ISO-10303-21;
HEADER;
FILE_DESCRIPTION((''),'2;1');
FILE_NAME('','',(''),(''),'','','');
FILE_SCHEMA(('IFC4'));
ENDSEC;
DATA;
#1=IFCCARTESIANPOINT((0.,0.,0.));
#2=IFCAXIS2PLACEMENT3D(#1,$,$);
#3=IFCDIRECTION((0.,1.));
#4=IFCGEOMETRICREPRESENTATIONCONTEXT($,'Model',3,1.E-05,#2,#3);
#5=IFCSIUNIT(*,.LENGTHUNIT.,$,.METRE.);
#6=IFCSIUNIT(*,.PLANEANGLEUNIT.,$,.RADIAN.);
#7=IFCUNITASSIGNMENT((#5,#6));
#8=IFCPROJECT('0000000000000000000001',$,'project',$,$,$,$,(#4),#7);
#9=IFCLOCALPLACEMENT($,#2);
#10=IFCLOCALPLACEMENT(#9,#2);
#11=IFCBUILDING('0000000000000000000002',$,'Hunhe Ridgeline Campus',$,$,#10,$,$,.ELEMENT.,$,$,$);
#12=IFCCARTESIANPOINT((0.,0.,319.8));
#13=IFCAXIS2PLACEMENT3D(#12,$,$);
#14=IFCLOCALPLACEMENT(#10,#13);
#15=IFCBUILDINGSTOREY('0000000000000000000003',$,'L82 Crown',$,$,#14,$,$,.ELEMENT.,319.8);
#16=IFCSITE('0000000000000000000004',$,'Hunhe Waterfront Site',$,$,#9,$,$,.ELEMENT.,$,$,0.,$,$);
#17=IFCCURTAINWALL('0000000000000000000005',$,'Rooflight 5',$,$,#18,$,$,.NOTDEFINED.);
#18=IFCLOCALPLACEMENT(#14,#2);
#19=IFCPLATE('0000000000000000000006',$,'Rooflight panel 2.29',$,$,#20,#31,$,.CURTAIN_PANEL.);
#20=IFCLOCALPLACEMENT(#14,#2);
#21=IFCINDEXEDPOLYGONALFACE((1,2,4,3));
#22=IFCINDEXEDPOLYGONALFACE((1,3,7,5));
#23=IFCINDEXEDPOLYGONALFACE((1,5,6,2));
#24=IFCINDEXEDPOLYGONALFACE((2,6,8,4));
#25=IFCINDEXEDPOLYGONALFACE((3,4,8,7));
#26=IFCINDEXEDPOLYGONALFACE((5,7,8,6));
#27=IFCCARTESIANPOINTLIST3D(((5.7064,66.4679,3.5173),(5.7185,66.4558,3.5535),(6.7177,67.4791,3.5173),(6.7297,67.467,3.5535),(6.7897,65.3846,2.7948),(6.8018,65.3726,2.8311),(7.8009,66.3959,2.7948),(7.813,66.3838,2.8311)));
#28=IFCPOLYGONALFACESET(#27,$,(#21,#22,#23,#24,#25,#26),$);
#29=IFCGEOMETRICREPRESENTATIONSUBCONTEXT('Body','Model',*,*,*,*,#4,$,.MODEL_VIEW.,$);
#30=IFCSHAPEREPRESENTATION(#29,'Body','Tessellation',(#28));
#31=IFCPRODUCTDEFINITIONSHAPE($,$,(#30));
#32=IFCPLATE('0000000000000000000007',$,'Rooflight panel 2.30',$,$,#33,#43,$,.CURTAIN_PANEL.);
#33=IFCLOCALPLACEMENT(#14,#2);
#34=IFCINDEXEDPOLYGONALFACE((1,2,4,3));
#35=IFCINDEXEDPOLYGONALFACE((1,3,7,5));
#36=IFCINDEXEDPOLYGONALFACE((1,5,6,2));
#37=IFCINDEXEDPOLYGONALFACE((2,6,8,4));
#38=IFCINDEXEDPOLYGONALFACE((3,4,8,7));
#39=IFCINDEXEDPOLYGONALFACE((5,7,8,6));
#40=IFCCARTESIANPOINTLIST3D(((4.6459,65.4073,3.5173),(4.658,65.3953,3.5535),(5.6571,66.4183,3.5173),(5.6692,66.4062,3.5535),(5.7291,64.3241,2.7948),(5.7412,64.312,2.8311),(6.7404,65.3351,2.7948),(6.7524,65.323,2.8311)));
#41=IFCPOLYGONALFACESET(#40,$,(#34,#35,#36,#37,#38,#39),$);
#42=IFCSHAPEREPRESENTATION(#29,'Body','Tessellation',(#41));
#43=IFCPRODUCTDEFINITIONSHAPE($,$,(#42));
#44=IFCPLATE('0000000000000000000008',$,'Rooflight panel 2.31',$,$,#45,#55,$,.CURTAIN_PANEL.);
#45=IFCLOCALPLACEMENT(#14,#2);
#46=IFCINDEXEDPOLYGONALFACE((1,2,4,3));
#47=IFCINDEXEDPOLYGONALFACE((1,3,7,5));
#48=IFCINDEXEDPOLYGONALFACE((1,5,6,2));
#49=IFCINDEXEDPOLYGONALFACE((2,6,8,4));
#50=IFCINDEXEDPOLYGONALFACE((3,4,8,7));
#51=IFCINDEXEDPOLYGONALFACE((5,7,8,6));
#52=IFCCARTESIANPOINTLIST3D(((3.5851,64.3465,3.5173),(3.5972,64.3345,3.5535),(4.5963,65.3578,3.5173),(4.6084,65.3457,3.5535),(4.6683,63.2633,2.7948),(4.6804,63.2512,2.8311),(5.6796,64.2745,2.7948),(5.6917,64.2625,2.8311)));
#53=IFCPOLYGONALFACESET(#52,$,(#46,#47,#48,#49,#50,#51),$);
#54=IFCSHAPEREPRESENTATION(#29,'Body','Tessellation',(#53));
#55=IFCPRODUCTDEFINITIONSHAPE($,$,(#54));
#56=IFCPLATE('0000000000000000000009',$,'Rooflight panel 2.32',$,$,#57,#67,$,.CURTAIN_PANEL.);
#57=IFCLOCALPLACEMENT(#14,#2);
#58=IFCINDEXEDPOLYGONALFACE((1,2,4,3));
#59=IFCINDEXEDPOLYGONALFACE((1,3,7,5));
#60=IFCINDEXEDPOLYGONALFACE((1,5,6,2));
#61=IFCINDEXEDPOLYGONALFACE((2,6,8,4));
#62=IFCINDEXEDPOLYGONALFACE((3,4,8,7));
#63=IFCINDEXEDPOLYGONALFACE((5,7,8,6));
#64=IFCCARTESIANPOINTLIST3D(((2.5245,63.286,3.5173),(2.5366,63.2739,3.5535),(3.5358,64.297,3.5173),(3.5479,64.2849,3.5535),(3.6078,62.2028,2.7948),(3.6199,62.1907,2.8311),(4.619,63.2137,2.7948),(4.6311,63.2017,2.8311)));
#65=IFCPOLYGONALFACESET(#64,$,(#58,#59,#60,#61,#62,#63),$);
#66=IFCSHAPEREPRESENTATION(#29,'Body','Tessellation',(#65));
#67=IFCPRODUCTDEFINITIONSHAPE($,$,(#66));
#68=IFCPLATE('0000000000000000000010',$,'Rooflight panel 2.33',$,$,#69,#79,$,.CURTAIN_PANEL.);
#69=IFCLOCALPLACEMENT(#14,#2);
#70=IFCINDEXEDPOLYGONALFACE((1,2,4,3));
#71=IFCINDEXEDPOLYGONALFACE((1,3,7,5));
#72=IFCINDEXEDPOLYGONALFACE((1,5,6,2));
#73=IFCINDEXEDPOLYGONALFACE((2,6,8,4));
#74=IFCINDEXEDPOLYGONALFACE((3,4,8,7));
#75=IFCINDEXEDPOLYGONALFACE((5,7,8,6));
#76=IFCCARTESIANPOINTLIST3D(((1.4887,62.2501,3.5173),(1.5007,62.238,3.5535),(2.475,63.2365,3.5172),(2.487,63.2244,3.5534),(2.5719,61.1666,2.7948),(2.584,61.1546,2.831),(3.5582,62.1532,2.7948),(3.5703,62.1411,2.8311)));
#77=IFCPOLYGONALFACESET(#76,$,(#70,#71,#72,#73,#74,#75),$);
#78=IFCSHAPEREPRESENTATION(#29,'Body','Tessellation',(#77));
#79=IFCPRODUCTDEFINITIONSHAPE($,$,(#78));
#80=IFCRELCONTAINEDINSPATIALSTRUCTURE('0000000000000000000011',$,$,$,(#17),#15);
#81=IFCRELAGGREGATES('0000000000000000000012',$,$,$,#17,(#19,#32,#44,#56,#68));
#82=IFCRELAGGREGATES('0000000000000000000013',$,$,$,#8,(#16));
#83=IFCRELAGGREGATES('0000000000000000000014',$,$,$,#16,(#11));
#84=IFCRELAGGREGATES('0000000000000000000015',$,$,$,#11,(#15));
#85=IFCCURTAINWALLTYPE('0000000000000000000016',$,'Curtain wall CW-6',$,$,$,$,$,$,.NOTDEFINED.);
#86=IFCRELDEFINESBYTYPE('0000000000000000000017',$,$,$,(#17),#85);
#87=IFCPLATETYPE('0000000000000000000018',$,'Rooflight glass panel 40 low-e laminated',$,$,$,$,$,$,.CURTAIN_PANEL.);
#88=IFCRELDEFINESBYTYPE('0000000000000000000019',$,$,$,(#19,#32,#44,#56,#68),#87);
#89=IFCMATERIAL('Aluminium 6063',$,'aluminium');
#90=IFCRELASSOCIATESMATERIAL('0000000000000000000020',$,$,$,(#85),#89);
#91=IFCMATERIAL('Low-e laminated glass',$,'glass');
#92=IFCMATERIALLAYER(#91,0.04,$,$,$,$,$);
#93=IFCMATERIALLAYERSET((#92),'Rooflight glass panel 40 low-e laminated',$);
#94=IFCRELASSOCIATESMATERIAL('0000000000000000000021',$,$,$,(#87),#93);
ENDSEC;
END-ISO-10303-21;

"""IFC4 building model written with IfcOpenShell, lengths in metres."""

from ifc_helpers import new_model, si_unit, direction, frame, origin, place, context, subcontext, project, spatial, polyline, outline, extrude, material, layer, layer_set, type_object, element, aggregate, save


model = new_model("IFC4")

# Units and contexts
model_context = context("Model", 3, precision=1e-05, world=origin(), true_north=direction((0.0, 1.0)))
body_context = subcontext(model_context, "Body", "Model", "MODEL_VIEW")
ifc_project = project(units=[si_unit("LENGTHUNIT", "METRE"), si_unit("PLANEANGLEUNIT", "RADIAN")], contexts=[model_context])

# Site, building, storey
site_placement = place(None, origin())
site = spatial("IfcSite", under=ifc_project, at=site_placement, Name="Hunhe Waterfront Site", CompositionType="ELEMENT", RefElevation=0.0)
building_placement = place(site_placement, origin())
building = spatial("IfcBuilding", under=site, at=building_placement, Name="Hunhe Ridgeline Campus", CompositionType="ELEMENT")
storey_placement = place(building_placement, frame((0.0, 0.0, 319.8)))
storey = spatial("IfcBuildingStorey", under=building, at=storey_placement, Name="L82 Crown", CompositionType="ELEMENT", Elevation=319.8)

# Curtain wall
ifc_material_1 = material(Name="Aluminium 6063", Category="aluminium")
curtain_wall_type = type_object("IfcCurtainWallType", Name="Curtain wall CW-6", PredefinedType="NOTDEFINED", material=ifc_material_1)
curtain_wall_placement = place(storey_placement, origin())
curtain_wall = element("IfcCurtainWall", 1, at=curtain_wall_placement, inside=storey, type_object=curtain_wall_type, Name="Rooflight 5", PredefinedType="NOTDEFINED")

# Plates
ifc_material_2 = material(Name="Low-e laminated glass", Category="glass")
ifc_layer_1 = layer(ifc_material_2, 0.04)
ifc_layer_set_1 = layer_set([ifc_layer_1], Name="Rooflight glass panel 40 low-e laminated")
plate_type = type_object("IfcPlateType", Name="Rooflight glass panel 40 low-e laminated", PredefinedType="CURTAIN_PANEL", material=ifc_layer_set_1)
plate_1_placement = place(storey_placement, frame((7.813, 66.3838, 2.8311), z_axis=(0.301595, -0.301595, 0.904478), x_axis=(-0.639563, 0.639563, 0.426519)))
plate_1 = element("IfcPlate", 2, at=plate_1_placement, type_object=plate_type, Name="Rooflight panel 2.29", PredefinedType="CURTAIN_PANEL", context=body_context, shape_type="SweptSolid", body=[
    extrude(outline(polyline([(0.0, 0.0), (1.6937, 0.0), (1.6937, 1.4301), (0.0, 1.4301), (0.0, 0.0)])), origin(), (0.0, 0.0, -1.0), 0.04),
])
plate_2_placement = place(storey_placement, frame((6.7524, 65.323, 2.8311), z_axis=(0.301558, -0.301631, 0.904478), x_axis=(-0.639563, 0.639563, 0.426519)))
plate_2 = element("IfcPlate", 3, at=plate_2_placement, type_object=plate_type, Name="Rooflight panel 2.30", PredefinedType="CURTAIN_PANEL", context=body_context, shape_type="SweptSolid", body=[
    extrude(outline(polyline([(0.0, 0.0), (1.6937, 0.0), (1.6939, 1.4299), (0.0002, 1.4299), (0.0, 0.0)])), origin(), (0.0, 0.0, -1.0), 0.04),
])
plate_3_placement = place(storey_placement, frame((5.6917, 64.2625, 2.8311), z_axis=(0.301595, -0.301595, 0.904478), x_axis=(-0.639563, 0.639563, 0.426519)))
plate_3 = element("IfcPlate", 4, at=plate_3_placement, type_object=plate_type, Name="Rooflight panel 2.31", PredefinedType="CURTAIN_PANEL", context=body_context, shape_type="SweptSolid", body=[
    extrude(outline(polyline([(0.0, 0.0), (1.6937, 0.0), (1.6937, 1.4301), (0.0, 1.4301), (0.0, 0.0)])), origin(), (0.0, 0.0, -1.0), 0.04),
])
plate_4_placement = place(storey_placement, frame((4.6311, 63.2017, 2.8311), z_axis=(0.301558, -0.301631, 0.904478), x_axis=(-0.639563, 0.639563, 0.426519)))
plate_4 = element("IfcPlate", 5, at=plate_4_placement, type_object=plate_type, Name="Rooflight panel 2.32", PredefinedType="CURTAIN_PANEL", context=body_context, shape_type="SweptSolid", body=[
    extrude(outline(polyline([(0.0, 0.0), (1.6937, 0.0), (1.6939, 1.4299), (0.0002, 1.4299), (0.0, 0.0)])), origin(), (0.0, 0.0, -1.0), 0.04),
])
plate_5_placement = place(storey_placement, frame((3.5703, 62.1411, 2.8311), z_axis=(0.301599, -0.301562, 0.904488), x_axis=(-0.639569, 0.639569, 0.4265)))
plate_5 = element("IfcPlate", 6, at=plate_5_placement, type_object=plate_type, Name="Rooflight panel 2.33", PredefinedType="CURTAIN_PANEL", context=body_context, shape_type="SweptSolid", body=[
    extrude(outline(polyline([(0.0, 0.0), (1.6937, 0.0), (1.6937, 1.3949), (-0.0002, 1.3951), (0.0, 0.0)])), origin(), (0.0, 0.0, -1.0), 0.04),
])
aggregate(curtain_wall, [plate_1, plate_2, plate_3, plate_4, plate_5])

save(model, "model.ifc")
